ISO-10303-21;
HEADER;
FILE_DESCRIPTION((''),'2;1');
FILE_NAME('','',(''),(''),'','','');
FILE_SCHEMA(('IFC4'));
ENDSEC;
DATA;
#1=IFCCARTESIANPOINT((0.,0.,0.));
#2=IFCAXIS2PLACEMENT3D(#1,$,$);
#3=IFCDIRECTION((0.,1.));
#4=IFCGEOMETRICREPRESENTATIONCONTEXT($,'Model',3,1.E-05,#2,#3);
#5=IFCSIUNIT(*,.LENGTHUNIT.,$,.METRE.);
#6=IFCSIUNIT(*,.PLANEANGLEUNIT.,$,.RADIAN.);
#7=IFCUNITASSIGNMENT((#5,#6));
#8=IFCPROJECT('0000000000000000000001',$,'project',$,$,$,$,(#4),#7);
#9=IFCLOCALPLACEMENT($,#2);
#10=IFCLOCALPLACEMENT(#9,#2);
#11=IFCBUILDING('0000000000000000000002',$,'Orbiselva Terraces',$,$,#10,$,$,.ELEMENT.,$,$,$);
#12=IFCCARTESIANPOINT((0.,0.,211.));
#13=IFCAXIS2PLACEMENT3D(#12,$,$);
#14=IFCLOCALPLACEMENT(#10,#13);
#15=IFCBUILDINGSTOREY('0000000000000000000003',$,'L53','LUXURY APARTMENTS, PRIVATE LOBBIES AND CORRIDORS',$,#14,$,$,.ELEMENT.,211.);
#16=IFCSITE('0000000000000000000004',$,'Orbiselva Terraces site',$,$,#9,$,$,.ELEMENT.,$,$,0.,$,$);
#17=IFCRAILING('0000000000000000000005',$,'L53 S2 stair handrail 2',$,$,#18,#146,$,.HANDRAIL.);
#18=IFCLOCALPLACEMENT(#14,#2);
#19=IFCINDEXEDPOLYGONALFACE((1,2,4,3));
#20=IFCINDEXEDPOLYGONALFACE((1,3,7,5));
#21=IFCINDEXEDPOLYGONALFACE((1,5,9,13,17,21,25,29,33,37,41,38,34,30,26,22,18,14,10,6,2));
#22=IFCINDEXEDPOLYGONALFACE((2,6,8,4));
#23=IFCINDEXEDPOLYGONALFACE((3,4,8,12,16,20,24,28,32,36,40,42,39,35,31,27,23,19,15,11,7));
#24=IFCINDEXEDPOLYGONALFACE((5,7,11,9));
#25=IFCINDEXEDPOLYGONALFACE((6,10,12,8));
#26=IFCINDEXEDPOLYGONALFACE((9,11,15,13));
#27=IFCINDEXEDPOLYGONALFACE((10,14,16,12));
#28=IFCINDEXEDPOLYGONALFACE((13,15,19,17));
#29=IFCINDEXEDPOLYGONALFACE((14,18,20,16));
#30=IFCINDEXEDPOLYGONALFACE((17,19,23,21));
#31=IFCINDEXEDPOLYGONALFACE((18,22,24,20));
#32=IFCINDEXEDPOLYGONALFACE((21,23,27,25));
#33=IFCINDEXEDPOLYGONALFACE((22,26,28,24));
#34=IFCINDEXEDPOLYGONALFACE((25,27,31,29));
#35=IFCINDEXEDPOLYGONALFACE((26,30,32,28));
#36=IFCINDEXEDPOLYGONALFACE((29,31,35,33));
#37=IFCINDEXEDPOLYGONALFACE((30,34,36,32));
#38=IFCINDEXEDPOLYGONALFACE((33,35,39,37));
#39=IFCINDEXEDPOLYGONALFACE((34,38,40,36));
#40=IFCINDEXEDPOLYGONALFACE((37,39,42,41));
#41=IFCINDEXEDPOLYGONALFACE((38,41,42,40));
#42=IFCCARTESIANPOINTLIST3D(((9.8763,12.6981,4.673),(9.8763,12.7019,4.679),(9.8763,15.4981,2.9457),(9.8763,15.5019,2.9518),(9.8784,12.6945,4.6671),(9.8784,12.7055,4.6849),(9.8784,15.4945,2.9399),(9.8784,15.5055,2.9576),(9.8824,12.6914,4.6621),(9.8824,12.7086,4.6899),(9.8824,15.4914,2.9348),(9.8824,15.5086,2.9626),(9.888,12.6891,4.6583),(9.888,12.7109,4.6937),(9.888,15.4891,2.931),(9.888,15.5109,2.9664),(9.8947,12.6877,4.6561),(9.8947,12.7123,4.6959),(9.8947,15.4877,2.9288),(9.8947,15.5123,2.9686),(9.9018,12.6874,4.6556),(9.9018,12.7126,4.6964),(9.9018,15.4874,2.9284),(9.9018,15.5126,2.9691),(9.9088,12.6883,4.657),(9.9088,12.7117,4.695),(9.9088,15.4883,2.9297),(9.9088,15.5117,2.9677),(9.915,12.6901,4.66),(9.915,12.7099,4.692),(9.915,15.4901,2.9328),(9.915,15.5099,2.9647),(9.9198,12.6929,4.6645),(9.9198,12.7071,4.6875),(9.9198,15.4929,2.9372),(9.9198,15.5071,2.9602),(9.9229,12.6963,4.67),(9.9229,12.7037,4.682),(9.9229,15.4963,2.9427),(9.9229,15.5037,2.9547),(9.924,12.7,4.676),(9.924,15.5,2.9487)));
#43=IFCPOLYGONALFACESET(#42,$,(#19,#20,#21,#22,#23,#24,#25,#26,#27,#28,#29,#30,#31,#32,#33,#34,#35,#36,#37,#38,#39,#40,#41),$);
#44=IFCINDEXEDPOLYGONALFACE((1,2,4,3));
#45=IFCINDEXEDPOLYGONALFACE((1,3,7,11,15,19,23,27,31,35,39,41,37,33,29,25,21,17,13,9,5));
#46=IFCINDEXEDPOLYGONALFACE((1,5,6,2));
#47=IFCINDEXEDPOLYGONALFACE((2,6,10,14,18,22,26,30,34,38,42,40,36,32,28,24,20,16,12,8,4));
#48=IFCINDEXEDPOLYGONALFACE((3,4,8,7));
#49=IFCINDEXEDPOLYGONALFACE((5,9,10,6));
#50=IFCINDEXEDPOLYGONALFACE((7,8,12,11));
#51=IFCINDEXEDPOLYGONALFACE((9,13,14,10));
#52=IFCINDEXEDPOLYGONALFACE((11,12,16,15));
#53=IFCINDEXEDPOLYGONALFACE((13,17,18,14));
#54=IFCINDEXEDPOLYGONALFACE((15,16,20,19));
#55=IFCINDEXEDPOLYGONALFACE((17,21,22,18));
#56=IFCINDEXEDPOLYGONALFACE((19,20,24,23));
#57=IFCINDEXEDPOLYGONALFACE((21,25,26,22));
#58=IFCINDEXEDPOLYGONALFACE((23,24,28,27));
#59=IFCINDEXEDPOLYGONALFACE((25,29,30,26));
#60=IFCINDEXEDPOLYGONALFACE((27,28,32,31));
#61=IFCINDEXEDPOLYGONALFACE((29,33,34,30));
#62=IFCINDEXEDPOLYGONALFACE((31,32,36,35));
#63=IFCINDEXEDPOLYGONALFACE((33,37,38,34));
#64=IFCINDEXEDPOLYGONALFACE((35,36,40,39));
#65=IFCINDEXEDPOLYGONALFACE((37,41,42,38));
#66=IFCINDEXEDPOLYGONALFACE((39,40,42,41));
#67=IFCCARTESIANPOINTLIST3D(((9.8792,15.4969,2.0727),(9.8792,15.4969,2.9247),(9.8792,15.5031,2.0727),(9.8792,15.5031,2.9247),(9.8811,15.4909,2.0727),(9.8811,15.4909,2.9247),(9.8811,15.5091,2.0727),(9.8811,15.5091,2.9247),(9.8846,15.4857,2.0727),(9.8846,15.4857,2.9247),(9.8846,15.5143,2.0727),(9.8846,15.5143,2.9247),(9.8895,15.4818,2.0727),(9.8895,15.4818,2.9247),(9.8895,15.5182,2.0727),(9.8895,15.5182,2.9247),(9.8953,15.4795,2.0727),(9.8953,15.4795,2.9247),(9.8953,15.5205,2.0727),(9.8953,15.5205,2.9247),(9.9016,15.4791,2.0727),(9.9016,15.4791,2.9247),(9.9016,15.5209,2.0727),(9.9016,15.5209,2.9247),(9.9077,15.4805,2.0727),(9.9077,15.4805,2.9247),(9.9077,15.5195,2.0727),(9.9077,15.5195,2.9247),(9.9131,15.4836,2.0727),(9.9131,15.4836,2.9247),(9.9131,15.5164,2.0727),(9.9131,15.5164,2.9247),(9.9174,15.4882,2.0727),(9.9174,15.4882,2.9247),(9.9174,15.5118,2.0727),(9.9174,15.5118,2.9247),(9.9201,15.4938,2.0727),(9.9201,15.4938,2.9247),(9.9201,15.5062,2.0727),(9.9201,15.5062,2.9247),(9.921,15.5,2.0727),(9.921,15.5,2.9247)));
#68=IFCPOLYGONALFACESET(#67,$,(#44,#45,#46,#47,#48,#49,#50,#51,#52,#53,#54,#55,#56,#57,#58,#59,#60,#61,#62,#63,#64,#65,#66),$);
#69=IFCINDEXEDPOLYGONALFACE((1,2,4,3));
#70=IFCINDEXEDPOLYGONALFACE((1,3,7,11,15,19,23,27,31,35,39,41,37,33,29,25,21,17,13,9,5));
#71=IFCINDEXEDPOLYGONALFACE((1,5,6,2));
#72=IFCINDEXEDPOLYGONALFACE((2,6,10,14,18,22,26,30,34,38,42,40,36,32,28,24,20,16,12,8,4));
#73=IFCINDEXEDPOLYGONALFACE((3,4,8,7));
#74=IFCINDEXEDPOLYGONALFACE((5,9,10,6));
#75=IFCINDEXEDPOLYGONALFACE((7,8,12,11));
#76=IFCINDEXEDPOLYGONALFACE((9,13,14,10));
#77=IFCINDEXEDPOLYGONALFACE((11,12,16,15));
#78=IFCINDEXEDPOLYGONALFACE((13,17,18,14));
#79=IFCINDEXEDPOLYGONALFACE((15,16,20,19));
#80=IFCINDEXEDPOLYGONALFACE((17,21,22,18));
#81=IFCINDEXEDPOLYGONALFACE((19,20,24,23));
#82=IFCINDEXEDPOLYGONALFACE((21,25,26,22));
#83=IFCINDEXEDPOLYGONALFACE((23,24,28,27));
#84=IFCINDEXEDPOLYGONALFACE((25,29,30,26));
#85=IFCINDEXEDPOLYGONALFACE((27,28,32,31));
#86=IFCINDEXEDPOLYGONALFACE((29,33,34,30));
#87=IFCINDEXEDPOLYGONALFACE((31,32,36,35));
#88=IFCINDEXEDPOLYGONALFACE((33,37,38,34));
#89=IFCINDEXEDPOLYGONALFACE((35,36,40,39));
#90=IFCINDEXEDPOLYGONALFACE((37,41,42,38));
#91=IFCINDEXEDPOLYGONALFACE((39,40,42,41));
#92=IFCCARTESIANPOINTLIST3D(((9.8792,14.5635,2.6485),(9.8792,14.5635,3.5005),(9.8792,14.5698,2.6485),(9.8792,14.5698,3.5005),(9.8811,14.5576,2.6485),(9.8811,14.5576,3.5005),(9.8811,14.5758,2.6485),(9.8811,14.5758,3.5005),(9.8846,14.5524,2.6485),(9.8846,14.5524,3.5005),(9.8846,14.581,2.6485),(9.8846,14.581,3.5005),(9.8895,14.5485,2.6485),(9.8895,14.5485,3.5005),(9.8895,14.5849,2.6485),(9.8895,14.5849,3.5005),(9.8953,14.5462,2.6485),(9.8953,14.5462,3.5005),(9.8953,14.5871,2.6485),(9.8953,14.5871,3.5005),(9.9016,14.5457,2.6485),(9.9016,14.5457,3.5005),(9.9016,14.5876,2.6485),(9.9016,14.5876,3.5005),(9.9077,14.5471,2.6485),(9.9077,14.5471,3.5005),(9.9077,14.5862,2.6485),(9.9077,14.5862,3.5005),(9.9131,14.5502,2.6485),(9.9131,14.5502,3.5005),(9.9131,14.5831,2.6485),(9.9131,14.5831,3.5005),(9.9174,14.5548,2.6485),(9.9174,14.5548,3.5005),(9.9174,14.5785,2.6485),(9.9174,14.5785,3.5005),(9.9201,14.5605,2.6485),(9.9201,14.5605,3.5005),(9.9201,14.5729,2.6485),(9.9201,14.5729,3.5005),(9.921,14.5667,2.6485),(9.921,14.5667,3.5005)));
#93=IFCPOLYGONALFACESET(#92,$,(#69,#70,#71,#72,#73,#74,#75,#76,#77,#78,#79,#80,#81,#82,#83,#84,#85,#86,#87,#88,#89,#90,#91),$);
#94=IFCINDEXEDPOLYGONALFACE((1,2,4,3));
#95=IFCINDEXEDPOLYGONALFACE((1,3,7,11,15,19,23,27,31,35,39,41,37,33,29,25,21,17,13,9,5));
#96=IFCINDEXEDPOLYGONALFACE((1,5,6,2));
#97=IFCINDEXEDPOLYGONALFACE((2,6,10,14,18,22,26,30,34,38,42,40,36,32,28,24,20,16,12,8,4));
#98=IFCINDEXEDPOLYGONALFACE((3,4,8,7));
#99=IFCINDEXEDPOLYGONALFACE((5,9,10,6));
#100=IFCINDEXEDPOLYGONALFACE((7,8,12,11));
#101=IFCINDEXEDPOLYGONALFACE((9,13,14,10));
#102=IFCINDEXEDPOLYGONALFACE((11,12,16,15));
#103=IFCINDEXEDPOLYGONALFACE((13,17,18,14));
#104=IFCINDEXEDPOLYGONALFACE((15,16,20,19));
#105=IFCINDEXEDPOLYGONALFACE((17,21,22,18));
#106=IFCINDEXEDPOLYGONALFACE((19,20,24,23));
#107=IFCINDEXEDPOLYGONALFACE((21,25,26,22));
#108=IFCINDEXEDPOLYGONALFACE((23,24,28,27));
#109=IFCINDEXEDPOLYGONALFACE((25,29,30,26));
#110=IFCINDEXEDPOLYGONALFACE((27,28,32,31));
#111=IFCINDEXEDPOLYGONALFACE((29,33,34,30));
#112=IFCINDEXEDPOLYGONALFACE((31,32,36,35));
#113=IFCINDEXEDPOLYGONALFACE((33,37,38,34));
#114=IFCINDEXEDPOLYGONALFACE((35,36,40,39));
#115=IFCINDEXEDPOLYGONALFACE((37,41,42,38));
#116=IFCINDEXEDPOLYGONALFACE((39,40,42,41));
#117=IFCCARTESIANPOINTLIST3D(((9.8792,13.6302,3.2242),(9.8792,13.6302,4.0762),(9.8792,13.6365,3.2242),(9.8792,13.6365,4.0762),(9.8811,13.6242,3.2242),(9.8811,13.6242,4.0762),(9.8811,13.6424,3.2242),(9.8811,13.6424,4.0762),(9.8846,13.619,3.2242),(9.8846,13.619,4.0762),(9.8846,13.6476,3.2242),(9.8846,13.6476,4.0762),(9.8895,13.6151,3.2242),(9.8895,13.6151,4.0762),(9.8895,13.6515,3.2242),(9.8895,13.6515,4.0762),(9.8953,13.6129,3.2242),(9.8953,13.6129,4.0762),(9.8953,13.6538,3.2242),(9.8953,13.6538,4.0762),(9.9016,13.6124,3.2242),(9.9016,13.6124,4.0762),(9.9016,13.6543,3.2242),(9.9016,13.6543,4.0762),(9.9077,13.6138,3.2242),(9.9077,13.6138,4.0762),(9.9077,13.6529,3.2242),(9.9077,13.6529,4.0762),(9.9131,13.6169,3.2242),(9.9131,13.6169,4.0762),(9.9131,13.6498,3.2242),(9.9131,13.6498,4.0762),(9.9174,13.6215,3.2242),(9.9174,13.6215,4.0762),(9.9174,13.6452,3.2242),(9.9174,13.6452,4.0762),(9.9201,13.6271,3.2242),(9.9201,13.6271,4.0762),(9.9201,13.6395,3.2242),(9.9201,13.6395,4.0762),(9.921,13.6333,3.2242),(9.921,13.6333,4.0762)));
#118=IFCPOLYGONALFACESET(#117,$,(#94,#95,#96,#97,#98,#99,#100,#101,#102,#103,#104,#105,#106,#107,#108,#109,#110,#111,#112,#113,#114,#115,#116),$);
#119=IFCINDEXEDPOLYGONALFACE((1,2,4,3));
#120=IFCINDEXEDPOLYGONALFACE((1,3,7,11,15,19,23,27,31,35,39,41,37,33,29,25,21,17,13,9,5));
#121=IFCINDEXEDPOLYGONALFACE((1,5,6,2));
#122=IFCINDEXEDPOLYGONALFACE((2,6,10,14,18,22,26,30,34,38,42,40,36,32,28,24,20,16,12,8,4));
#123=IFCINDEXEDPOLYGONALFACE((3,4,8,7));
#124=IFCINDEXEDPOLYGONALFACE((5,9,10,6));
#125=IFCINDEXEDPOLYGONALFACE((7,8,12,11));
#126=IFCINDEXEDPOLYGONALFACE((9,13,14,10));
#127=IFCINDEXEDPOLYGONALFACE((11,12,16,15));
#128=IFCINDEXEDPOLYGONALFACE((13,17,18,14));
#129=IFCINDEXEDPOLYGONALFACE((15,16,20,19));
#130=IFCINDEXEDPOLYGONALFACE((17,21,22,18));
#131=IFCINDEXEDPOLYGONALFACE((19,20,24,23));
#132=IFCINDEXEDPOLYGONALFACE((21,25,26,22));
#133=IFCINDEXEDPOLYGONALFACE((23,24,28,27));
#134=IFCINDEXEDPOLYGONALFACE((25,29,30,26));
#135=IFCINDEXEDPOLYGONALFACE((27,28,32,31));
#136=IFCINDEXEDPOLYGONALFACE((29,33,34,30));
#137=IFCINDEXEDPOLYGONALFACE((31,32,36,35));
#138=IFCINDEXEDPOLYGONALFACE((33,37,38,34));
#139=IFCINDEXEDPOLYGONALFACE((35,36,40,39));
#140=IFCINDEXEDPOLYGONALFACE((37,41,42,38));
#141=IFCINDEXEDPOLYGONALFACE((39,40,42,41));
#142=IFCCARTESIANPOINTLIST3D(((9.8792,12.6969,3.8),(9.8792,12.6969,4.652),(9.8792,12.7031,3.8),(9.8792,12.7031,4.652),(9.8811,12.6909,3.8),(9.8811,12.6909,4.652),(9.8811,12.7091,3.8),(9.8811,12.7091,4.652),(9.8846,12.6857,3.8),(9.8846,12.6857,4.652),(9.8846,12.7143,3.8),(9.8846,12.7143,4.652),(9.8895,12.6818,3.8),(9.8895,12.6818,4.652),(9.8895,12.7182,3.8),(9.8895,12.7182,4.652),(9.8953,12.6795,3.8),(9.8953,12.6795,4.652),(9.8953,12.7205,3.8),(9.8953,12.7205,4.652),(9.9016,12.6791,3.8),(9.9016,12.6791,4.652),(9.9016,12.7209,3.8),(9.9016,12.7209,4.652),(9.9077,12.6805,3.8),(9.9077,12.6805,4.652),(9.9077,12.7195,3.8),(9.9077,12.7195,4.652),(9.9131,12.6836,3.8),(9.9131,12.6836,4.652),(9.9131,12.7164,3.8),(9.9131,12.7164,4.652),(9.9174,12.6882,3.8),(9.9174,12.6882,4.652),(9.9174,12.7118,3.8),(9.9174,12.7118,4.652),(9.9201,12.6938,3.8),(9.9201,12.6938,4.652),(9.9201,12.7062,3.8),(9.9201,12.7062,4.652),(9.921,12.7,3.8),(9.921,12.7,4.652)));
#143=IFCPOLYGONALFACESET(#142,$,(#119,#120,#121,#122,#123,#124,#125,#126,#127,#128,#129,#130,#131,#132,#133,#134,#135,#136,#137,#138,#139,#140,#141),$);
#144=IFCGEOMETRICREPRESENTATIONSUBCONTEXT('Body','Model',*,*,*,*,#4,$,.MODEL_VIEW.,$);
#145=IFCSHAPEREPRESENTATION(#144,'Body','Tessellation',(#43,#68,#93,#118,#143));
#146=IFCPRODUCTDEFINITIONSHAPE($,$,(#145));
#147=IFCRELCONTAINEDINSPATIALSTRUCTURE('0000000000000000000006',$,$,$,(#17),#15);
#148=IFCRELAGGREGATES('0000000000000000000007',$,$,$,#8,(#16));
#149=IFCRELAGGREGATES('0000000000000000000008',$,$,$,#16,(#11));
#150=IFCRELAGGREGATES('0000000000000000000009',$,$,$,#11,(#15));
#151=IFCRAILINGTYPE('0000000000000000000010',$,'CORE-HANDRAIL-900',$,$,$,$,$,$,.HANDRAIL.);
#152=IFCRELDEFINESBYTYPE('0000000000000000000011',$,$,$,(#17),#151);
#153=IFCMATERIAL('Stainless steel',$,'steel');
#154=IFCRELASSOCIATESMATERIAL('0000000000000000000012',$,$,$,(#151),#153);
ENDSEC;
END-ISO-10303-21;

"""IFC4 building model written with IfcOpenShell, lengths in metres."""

from ifc_helpers import new_model, si_unit, direction, frame, origin, origin_2d, place, context, subcontext, project, spatial, circle, extrude, material, type_object, element, save


model = new_model("IFC4")

# Units and contexts
model_context = context("Model", 3, precision=1e-05, world=origin(), true_north=direction((0.0, 1.0)))
body_context = subcontext(model_context, "Body", "Model", "MODEL_VIEW")
ifc_project = project(units=[si_unit("LENGTHUNIT", "METRE"), si_unit("PLANEANGLEUNIT", "RADIAN")], contexts=[model_context])

# Site, building, storey
site_placement = place(None, origin())
site = spatial("IfcSite", under=ifc_project, at=site_placement, Name="Orbiselva Terraces site", CompositionType="ELEMENT", RefElevation=0.0)
building_placement = place(site_placement, origin())
building = spatial("IfcBuilding", under=site, at=building_placement, Name="Orbiselva Terraces", CompositionType="ELEMENT")
storey_placement = place(building_placement, frame((0.0, 0.0, 211.0)))
storey = spatial("IfcBuildingStorey", under=building, at=storey_placement, Name="L53", Description="LUXURY APARTMENTS, PRIVATE LOBBIES AND CORRIDORS", CompositionType="ELEMENT", Elevation=211.0)

# Railing
ifc_material_1 = material(Name="Stainless steel", Category="steel")
railing_type = type_object("IfcRailingType", Name="CORE-HANDRAIL-900", PredefinedType="HANDRAIL", material=ifc_material_1)
railing_1_placement = place(storey_placement, frame((9.9, 15.5, 2.0727)))
element("IfcRailing", 1, at=railing_1_placement, inside=storey, type_object=railing_type, Name="L53 S2 stair handrail 2", PredefinedType="HANDRAIL", context=body_context, shape_type="SweptSolid", body=[
    extrude(circle(Radius=0.024, at=origin_2d()), frame((0.0, 0.0, 0.876), z_axis=(0.0, -0.851089, 0.525022), x_axis=(1.0, 0.0, 0.0)), (0.0, 0.0, 1.0), 3.2899),
    extrude(circle(Radius=0.021, at=origin_2d()), origin(), (0.0, 0.0, 1.0), 0.852),
    extrude(circle(Radius=0.021, at=origin_2d()), frame((0.0, -0.9333, 0.5758)), (0.0, 0.0, 1.0), 0.852),
    extrude(circle(Radius=0.021, at=origin_2d()), frame((0.0, -1.8667, 1.1515)), (0.0, 0.0, 1.0), 0.852),
    extrude(circle(Radius=0.021, at=origin_2d()), frame((0.0, -2.8, 1.7273)), (0.0, 0.0, 1.0), 0.852),
])

save(model, "model.ifc")
